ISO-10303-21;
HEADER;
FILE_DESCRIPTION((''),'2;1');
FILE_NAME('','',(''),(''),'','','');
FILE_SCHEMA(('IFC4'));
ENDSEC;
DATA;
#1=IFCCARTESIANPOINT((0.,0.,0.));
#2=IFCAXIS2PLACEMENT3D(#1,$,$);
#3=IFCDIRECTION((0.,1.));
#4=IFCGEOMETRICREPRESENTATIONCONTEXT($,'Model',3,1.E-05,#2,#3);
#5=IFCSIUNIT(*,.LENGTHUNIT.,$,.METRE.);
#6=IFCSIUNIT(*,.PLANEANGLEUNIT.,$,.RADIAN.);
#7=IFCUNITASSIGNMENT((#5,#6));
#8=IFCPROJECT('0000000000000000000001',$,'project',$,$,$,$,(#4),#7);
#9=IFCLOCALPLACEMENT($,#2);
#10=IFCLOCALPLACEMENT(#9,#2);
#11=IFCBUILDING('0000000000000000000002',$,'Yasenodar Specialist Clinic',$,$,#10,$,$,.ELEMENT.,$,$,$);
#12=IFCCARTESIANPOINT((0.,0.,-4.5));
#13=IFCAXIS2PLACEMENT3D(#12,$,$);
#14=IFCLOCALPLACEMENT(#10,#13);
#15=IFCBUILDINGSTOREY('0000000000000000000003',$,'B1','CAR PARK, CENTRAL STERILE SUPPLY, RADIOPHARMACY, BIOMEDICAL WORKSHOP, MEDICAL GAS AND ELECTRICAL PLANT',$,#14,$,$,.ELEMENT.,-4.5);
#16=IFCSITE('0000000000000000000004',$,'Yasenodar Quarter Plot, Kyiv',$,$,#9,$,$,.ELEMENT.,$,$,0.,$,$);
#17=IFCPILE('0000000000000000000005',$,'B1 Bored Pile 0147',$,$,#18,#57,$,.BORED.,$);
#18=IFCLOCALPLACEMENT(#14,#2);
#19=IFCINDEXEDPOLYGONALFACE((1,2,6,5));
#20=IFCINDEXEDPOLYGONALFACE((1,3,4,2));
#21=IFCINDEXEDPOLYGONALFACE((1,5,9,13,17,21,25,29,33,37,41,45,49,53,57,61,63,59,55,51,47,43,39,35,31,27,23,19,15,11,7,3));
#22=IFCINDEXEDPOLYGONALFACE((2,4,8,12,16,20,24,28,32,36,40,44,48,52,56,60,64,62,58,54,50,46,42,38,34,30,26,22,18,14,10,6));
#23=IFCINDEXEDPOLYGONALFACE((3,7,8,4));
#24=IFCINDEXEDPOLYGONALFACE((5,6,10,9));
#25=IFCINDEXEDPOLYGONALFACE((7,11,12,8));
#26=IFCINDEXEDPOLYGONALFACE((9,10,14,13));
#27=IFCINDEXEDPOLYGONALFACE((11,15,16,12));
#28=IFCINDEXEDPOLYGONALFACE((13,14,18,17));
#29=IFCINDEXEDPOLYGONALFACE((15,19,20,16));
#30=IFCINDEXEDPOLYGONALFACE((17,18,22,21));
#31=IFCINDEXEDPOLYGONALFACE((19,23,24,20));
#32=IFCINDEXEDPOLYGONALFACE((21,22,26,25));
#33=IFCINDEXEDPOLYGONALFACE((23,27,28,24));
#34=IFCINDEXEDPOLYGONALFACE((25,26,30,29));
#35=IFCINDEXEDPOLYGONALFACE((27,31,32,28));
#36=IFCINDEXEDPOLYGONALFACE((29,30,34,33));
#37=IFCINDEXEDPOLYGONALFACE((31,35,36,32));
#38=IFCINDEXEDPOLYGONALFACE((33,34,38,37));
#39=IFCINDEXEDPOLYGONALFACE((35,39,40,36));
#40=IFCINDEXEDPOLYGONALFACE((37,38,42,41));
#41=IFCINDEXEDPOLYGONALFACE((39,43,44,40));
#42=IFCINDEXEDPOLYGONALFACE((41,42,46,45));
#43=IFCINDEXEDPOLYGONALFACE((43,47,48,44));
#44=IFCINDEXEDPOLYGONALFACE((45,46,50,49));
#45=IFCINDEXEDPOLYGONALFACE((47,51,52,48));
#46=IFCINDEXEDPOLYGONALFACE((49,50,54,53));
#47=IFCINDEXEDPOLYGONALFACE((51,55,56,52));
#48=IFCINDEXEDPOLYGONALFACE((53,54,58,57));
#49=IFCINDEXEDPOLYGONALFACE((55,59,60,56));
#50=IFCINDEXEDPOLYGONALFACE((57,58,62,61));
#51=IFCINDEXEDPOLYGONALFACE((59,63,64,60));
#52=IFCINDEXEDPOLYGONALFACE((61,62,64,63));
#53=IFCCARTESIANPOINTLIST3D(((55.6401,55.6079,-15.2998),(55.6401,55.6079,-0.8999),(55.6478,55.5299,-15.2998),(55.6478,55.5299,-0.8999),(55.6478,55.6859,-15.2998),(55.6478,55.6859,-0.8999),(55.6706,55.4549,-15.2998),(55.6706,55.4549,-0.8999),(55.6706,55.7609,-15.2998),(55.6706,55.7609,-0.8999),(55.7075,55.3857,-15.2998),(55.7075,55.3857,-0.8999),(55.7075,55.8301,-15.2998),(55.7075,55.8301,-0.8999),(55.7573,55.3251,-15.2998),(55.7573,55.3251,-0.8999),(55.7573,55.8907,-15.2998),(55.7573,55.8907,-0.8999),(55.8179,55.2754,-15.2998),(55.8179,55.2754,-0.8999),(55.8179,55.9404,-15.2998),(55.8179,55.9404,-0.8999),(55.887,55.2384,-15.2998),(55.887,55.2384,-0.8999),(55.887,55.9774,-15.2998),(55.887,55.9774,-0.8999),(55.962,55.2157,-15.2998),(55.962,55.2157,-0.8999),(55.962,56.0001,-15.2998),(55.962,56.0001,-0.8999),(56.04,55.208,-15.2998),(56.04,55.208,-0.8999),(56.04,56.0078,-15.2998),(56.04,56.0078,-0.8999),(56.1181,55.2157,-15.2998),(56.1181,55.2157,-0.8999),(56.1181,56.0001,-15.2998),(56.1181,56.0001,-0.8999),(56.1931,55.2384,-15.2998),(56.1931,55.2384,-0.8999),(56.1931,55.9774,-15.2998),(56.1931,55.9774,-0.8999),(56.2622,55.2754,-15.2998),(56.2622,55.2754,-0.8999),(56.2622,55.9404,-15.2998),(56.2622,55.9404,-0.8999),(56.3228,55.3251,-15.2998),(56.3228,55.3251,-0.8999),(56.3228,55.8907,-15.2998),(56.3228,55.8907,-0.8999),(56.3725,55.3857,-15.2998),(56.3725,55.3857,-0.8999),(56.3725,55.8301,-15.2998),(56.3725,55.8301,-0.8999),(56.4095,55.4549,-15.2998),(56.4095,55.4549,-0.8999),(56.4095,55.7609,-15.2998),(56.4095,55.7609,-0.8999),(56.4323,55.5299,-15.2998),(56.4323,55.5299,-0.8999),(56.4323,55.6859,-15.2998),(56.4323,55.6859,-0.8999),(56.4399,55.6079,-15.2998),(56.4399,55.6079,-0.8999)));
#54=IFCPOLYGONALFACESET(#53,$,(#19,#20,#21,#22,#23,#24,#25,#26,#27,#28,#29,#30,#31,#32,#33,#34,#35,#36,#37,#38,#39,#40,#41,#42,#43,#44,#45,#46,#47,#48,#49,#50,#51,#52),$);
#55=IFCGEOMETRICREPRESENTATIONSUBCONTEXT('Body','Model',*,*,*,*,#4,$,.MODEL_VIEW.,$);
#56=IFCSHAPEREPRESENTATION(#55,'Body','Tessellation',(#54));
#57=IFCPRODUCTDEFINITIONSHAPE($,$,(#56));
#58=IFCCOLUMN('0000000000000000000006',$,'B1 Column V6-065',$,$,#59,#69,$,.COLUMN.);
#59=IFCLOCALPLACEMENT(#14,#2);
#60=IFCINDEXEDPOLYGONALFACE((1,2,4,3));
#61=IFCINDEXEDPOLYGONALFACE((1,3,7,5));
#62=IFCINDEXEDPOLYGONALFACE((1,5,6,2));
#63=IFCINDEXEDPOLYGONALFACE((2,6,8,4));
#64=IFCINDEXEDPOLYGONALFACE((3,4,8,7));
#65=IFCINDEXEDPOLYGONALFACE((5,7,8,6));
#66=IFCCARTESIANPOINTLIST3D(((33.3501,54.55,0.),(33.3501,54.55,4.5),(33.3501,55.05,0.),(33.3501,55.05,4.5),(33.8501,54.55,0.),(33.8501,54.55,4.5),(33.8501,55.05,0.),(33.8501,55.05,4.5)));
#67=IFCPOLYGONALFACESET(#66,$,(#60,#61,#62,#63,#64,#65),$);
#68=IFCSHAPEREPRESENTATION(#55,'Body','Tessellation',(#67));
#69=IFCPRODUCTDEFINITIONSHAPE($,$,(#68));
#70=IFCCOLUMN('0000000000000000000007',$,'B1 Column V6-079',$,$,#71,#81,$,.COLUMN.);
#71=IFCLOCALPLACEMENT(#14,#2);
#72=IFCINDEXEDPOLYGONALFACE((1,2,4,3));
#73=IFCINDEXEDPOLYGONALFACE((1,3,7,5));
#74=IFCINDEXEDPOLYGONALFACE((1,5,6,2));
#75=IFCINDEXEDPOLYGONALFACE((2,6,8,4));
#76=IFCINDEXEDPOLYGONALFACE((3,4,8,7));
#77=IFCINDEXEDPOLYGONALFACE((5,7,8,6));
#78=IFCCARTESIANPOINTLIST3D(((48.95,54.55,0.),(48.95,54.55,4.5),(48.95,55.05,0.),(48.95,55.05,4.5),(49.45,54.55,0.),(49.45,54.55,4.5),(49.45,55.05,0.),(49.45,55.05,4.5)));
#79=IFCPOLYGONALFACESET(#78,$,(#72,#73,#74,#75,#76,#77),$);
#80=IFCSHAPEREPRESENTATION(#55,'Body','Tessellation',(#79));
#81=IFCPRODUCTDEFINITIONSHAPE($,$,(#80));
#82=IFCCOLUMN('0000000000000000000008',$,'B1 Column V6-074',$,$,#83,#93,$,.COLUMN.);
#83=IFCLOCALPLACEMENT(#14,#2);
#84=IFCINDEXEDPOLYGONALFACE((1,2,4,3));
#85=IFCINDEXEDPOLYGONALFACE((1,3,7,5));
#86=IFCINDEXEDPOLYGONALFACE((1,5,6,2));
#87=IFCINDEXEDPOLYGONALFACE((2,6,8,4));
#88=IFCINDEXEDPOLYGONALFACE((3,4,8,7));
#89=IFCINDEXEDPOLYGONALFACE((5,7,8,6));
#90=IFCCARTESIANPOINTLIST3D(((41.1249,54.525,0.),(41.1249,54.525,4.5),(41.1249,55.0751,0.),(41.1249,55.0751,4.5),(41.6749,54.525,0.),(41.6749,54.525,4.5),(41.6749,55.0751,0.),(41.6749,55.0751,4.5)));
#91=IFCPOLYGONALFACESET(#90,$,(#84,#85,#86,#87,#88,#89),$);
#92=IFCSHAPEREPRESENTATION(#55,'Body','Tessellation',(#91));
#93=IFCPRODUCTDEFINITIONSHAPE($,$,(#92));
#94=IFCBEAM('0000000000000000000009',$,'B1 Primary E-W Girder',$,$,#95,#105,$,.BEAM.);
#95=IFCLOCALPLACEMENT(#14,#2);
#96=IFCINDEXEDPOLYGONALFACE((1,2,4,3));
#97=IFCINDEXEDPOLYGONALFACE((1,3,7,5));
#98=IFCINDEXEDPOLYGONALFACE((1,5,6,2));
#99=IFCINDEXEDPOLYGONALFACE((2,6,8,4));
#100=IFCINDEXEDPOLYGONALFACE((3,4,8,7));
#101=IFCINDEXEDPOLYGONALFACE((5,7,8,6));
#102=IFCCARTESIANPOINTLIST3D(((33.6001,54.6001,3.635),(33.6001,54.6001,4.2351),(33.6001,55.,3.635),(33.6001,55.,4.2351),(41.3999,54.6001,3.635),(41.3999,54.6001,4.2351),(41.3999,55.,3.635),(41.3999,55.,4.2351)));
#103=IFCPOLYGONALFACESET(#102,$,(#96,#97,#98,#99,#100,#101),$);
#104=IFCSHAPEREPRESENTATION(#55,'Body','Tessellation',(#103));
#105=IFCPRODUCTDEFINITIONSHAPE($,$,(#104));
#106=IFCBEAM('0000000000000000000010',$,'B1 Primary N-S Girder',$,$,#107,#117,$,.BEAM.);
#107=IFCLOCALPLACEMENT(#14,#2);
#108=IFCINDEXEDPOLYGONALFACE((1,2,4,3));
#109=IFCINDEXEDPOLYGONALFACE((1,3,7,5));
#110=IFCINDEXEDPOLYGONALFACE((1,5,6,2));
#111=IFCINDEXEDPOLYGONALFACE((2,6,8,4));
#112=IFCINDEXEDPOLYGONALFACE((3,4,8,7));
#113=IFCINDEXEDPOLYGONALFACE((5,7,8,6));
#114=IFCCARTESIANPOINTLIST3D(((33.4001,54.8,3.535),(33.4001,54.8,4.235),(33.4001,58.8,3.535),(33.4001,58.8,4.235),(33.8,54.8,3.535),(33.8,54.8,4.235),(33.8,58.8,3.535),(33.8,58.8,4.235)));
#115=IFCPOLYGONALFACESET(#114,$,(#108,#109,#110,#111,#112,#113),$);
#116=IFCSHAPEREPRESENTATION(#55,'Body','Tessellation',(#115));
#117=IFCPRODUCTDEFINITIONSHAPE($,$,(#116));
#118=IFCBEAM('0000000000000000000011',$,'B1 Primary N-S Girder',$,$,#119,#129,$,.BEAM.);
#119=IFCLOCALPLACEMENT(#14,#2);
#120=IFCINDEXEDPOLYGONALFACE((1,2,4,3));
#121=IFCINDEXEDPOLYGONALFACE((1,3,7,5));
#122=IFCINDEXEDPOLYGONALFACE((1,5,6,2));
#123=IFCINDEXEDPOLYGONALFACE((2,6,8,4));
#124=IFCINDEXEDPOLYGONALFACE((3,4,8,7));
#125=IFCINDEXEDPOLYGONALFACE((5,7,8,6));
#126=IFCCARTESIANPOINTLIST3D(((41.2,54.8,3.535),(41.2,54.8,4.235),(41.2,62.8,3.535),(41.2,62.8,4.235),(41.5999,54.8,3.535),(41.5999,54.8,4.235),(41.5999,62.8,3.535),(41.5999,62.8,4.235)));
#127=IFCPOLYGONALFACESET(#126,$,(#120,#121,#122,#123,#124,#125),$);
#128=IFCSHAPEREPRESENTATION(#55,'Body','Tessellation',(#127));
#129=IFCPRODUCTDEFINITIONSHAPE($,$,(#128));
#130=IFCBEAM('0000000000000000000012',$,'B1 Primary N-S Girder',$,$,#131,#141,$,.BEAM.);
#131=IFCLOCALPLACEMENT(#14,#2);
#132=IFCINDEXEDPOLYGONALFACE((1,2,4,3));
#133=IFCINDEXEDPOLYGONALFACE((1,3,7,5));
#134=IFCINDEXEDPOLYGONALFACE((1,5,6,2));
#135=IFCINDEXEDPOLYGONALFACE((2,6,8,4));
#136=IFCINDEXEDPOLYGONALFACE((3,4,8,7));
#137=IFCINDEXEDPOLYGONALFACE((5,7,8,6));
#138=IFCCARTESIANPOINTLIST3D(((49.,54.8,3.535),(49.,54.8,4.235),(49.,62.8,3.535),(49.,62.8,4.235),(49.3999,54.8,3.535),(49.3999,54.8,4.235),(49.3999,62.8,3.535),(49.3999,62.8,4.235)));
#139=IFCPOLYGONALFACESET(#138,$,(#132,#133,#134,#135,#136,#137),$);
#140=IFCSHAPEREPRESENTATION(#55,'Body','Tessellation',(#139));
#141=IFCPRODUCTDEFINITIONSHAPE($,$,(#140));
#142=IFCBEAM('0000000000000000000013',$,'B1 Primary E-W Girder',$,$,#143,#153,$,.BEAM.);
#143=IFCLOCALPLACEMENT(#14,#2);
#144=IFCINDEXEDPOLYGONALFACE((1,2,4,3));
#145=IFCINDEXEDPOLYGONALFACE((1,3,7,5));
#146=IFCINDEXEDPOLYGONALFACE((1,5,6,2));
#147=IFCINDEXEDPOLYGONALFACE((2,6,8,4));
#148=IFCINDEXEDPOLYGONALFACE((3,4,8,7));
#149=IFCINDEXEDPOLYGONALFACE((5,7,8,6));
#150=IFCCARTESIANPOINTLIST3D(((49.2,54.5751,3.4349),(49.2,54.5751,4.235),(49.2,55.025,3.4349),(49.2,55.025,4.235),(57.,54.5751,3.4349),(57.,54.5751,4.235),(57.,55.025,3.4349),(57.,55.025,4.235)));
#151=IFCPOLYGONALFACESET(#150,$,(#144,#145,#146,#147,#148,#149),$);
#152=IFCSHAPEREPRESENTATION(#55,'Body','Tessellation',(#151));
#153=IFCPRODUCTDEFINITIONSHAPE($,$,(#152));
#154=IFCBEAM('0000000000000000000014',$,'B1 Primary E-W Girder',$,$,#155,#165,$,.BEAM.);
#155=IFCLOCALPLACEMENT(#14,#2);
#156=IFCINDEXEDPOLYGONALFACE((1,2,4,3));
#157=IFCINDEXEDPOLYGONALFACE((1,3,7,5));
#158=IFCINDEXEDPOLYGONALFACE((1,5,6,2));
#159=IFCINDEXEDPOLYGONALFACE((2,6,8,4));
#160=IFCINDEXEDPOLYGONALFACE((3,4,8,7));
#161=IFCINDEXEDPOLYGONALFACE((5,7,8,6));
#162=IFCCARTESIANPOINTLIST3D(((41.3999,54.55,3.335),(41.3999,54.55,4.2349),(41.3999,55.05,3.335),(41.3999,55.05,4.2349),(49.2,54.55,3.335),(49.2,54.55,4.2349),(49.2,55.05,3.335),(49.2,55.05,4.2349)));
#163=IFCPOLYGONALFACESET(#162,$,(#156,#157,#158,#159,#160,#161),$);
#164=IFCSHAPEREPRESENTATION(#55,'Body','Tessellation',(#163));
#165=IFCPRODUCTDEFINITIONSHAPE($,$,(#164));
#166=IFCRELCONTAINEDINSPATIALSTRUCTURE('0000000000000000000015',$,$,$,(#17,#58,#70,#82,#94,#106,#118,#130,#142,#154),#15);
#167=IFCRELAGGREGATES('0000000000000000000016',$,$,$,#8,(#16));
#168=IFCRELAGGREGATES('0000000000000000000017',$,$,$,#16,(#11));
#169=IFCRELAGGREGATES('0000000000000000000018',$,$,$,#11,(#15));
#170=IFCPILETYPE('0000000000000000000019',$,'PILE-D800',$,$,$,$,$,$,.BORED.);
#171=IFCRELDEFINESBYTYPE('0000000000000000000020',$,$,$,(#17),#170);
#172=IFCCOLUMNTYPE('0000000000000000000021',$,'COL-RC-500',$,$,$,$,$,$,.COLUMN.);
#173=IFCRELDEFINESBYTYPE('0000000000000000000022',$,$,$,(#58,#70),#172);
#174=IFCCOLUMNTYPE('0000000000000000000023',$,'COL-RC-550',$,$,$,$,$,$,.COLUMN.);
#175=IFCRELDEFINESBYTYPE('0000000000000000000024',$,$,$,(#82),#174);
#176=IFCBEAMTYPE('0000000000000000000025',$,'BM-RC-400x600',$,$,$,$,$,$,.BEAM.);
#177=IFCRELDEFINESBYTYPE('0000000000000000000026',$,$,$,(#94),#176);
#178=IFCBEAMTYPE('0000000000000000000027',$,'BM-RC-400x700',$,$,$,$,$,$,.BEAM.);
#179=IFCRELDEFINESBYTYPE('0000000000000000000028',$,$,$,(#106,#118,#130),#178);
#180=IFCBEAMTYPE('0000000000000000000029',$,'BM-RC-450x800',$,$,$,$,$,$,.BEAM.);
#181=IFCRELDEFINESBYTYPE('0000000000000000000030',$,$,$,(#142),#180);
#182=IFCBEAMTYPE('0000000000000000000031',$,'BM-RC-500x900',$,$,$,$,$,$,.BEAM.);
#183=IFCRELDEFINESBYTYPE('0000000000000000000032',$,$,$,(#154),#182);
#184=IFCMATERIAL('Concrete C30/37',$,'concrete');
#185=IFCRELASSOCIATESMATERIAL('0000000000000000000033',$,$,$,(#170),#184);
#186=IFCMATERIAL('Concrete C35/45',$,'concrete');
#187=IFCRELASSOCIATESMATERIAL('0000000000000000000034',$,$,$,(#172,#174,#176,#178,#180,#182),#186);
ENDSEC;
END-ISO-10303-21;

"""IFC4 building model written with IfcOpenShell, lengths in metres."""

from ifc_helpers import new_model, si_unit, direction, frame, origin, origin_2d, place, context, subcontext, project, spatial, rectangle, circle, extrude, material, material_profile, profile_set, type_object, element, save


model = new_model("IFC4")

# Units and contexts
model_context = context("Model", 3, precision=1e-05, world=origin(), true_north=direction((0.0, 1.0)))
body_context = subcontext(model_context, "Body", "Model", "MODEL_VIEW")
ifc_project = project(units=[si_unit("LENGTHUNIT", "METRE"), si_unit("PLANEANGLEUNIT", "RADIAN")], contexts=[model_context])

# Site, building, storey
site_placement = place(None, origin())
site = spatial("IfcSite", under=ifc_project, at=site_placement, Name="Yasenodar Quarter Plot, Kyiv", CompositionType="ELEMENT", RefElevation=0.0)
building_placement = place(site_placement, origin())
building = spatial("IfcBuilding", under=site, at=building_placement, Name="Yasenodar Specialist Clinic", CompositionType="ELEMENT")
storey_placement = place(building_placement, frame((0.0, 0.0, -4.5)))
storey = spatial("IfcBuildingStorey", under=building, at=storey_placement, Name="B1", Description="CAR PARK, CENTRAL STERILE SUPPLY, RADIOPHARMACY, BIOMEDICAL WORKSHOP, MEDICAL GAS AND ELECTRICAL PLANT", CompositionType="ELEMENT", Elevation=-4.5)

# Shared definitions
ifc_material_1 = material(Name="Concrete C35/45", Category="concrete")

# Pile
ifc_material_2 = material(Name="Concrete C30/37", Category="concrete")
ifc_material_profile_1 = material_profile(ifc_material_2, circle(Radius=0.3999, at=origin_2d()), Name="PILE D800")
ifc_profile_set_1 = profile_set([ifc_material_profile_1], Name="Concrete C30/37")
pile_type_1 = type_object("IfcPileType", Name="PILE-D800", PredefinedType="BORED", material=ifc_profile_set_1)
for number, where, z_axis, x_axis, name in (
    (1, (56.04, 55.6079, -0.8999), (0.0, 0.0, -1.0), (1.0, 0.0, 0.0), "B1 Bored Pile 0147"),
):
    element("IfcPile", number, at=place(storey_placement, frame(where, z_axis=z_axis, x_axis=x_axis)), inside=storey, type_object=pile_type_1, Name=name, PredefinedType="BORED", context=body_context, shape_type="SweptSolid", body=[
        extrude(circle(Radius=0.3999, at=origin_2d()), origin(), (0.0, 0.0, 1.0), 14.3999),
    ])

# Columns
ifc_material_profile_2 = material_profile(ifc_material_1, rectangle(XDim=0.5, YDim=0.5, at=origin_2d()), Name="RC 500x500")
ifc_profile_set_2 = profile_set([ifc_material_profile_2], Name="Concrete C35/45")
column_type_1 = type_object("IfcColumnType", Name="COL-RC-500", PredefinedType="COLUMN", material=ifc_profile_set_2)
for number, where, z_axis, x_axis, name in (
    (2, (33.6001, 54.8, 0.0), (0.0, 0.0, 1.0), (1.0, 0.0, 0.0), "B1 Column V6-065"),
    (3, (49.2, 54.8, 0.0), (0.0, 0.0, 1.0), (1.0, 0.0, 0.0), "B1 Column V6-079"),
):
    element("IfcColumn", number, at=place(storey_placement, frame(where, z_axis=z_axis, x_axis=x_axis)), inside=storey, type_object=column_type_1, Name=name, PredefinedType="COLUMN", context=body_context, shape_type="SweptSolid", body=[
        extrude(rectangle(XDim=0.5, YDim=0.5, at=origin_2d()), origin(), (0.0, 0.0, 1.0), 4.5),
    ])
ifc_material_profile_3 = material_profile(ifc_material_1, rectangle(XDim=0.55, YDim=0.55, at=origin_2d()), Name="RC 550x550")
ifc_profile_set_3 = profile_set([ifc_material_profile_3], Name="Concrete C35/45")
column_type_2 = type_object("IfcColumnType", Name="COL-RC-550", PredefinedType="COLUMN", material=ifc_profile_set_3)
column_placement = place(storey_placement, frame((41.3999, 54.8, 0.0), z_axis=(0.0, 0.0, 1.0), x_axis=(1.0, 0.0, 0.0)))
element("IfcColumn", 4, at=column_placement, inside=storey, type_object=column_type_2, Name="B1 Column V6-074", PredefinedType="COLUMN", context=body_context, shape_type="SweptSolid", body=[
    extrude(rectangle(XDim=0.55, YDim=0.55, at=origin_2d()), origin(), (0.0, 0.0, 1.0), 4.5),
])

# Beams
ifc_material_profile_4 = material_profile(ifc_material_1, rectangle(XDim=0.3999, YDim=0.6001, at=origin_2d()), Name="RC 400x600")
ifc_profile_set_4 = profile_set([ifc_material_profile_4], Name="Concrete C35/45")
beam_type_1 = type_object("IfcBeamType", Name="BM-RC-400x600", PredefinedType="BEAM", material=ifc_profile_set_4)
beam_1_placement = place(storey_placement, frame((33.6001, 54.8, 3.9351), z_axis=(1.0, 0.0, 0.0), x_axis=(0.0, 1.0, 0.0)))
element("IfcBeam", 5, at=beam_1_placement, inside=storey, type_object=beam_type_1, Name="B1 Primary E-W Girder", PredefinedType="BEAM", context=body_context, shape_type="SweptSolid", body=[
    extrude(rectangle(XDim=0.3999, YDim=0.6001, at=origin_2d()), origin(), (0.0, 0.0, 1.0), 7.7998),
])
ifc_material_profile_5 = material_profile(ifc_material_1, rectangle(XDim=0.3999, YDim=0.7, at=origin_2d()), Name="RC 400x700")
ifc_profile_set_5 = profile_set([ifc_material_profile_5], Name="Concrete C35/45")
beam_type_2 = type_object("IfcBeamType", Name="BM-RC-400x700", PredefinedType="BEAM", material=ifc_profile_set_5)
beam_2_placement = place(storey_placement, frame((33.6001, 54.8, 3.885), z_axis=(0.0, 1.0, 0.0), x_axis=(-1.0, 0.0, 0.0)))
element("IfcBeam", 6, at=beam_2_placement, inside=storey, type_object=beam_type_2, Name="B1 Primary N-S Girder", PredefinedType="BEAM", context=body_context, shape_type="SweptSolid", body=[
    extrude(rectangle(XDim=0.3999, YDim=0.7, at=origin_2d()), origin(), (0.0, 0.0, 1.0), 4.0),
])
for number, where, z_axis, x_axis, name in (
    (7, (41.3999, 54.8, 3.885), (0.0, 1.0, 0.0), (-1.0, 0.0, 0.0), "B1 Primary N-S Girder"),
    (8, (49.2, 54.8, 3.885), (0.0, 1.0, 0.0), (-1.0, 0.0, 0.0), "B1 Primary N-S Girder"),
):
    element("IfcBeam", number, at=place(storey_placement, frame(where, z_axis=z_axis, x_axis=x_axis)), inside=storey, type_object=beam_type_2, Name=name, PredefinedType="BEAM", context=body_context, shape_type="SweptSolid", body=[
        extrude(rectangle(XDim=0.3999, YDim=0.7, at=origin_2d()), origin(), (0.0, 0.0, 1.0), 8.0),
    ])
ifc_material_profile_6 = material_profile(ifc_material_1, rectangle(XDim=0.45, YDim=0.8, at=origin_2d()), Name="RC 450x800")
ifc_profile_set_6 = profile_set([ifc_material_profile_6], Name="Concrete C35/45")
beam_type_3 = type_object("IfcBeamType", Name="BM-RC-450x800", PredefinedType="BEAM", material=ifc_profile_set_6)
beam_3_placement = place(storey_placement, frame((49.2, 54.8, 3.835), z_axis=(1.0, 0.0, 0.0), x_axis=(0.0, 1.0, 0.0)))
element("IfcBeam", 9, at=beam_3_placement, inside=storey, type_object=beam_type_3, Name="B1 Primary E-W Girder", PredefinedType="BEAM", context=body_context, shape_type="SweptSolid", body=[
    extrude(rectangle(XDim=0.45, YDim=0.8, at=origin_2d()), origin(), (0.0, 0.0, 1.0), 7.8),
])
ifc_material_profile_7 = material_profile(ifc_material_1, rectangle(XDim=0.5, YDim=0.8999, at=origin_2d()), Name="RC 500x900")
ifc_profile_set_7 = profile_set([ifc_material_profile_7], Name="Concrete C35/45")
beam_type_4 = type_object("IfcBeamType", Name="BM-RC-500x900", PredefinedType="BEAM", material=ifc_profile_set_7)
beam_4_placement = place(storey_placement, frame((41.3999, 54.8, 3.7849), z_axis=(1.0, 0.0, 0.0), x_axis=(0.0, 1.0, 0.0)))
element("IfcBeam", 10, at=beam_4_placement, inside=storey, type_object=beam_type_4, Name="B1 Primary E-W Girder", PredefinedType="BEAM", context=body_context, shape_type="SweptSolid", body=[
    extrude(rectangle(XDim=0.5, YDim=0.8999, at=origin_2d()), origin(), (0.0, 0.0, 1.0), 7.8),
])

save(model, "model.ifc")
